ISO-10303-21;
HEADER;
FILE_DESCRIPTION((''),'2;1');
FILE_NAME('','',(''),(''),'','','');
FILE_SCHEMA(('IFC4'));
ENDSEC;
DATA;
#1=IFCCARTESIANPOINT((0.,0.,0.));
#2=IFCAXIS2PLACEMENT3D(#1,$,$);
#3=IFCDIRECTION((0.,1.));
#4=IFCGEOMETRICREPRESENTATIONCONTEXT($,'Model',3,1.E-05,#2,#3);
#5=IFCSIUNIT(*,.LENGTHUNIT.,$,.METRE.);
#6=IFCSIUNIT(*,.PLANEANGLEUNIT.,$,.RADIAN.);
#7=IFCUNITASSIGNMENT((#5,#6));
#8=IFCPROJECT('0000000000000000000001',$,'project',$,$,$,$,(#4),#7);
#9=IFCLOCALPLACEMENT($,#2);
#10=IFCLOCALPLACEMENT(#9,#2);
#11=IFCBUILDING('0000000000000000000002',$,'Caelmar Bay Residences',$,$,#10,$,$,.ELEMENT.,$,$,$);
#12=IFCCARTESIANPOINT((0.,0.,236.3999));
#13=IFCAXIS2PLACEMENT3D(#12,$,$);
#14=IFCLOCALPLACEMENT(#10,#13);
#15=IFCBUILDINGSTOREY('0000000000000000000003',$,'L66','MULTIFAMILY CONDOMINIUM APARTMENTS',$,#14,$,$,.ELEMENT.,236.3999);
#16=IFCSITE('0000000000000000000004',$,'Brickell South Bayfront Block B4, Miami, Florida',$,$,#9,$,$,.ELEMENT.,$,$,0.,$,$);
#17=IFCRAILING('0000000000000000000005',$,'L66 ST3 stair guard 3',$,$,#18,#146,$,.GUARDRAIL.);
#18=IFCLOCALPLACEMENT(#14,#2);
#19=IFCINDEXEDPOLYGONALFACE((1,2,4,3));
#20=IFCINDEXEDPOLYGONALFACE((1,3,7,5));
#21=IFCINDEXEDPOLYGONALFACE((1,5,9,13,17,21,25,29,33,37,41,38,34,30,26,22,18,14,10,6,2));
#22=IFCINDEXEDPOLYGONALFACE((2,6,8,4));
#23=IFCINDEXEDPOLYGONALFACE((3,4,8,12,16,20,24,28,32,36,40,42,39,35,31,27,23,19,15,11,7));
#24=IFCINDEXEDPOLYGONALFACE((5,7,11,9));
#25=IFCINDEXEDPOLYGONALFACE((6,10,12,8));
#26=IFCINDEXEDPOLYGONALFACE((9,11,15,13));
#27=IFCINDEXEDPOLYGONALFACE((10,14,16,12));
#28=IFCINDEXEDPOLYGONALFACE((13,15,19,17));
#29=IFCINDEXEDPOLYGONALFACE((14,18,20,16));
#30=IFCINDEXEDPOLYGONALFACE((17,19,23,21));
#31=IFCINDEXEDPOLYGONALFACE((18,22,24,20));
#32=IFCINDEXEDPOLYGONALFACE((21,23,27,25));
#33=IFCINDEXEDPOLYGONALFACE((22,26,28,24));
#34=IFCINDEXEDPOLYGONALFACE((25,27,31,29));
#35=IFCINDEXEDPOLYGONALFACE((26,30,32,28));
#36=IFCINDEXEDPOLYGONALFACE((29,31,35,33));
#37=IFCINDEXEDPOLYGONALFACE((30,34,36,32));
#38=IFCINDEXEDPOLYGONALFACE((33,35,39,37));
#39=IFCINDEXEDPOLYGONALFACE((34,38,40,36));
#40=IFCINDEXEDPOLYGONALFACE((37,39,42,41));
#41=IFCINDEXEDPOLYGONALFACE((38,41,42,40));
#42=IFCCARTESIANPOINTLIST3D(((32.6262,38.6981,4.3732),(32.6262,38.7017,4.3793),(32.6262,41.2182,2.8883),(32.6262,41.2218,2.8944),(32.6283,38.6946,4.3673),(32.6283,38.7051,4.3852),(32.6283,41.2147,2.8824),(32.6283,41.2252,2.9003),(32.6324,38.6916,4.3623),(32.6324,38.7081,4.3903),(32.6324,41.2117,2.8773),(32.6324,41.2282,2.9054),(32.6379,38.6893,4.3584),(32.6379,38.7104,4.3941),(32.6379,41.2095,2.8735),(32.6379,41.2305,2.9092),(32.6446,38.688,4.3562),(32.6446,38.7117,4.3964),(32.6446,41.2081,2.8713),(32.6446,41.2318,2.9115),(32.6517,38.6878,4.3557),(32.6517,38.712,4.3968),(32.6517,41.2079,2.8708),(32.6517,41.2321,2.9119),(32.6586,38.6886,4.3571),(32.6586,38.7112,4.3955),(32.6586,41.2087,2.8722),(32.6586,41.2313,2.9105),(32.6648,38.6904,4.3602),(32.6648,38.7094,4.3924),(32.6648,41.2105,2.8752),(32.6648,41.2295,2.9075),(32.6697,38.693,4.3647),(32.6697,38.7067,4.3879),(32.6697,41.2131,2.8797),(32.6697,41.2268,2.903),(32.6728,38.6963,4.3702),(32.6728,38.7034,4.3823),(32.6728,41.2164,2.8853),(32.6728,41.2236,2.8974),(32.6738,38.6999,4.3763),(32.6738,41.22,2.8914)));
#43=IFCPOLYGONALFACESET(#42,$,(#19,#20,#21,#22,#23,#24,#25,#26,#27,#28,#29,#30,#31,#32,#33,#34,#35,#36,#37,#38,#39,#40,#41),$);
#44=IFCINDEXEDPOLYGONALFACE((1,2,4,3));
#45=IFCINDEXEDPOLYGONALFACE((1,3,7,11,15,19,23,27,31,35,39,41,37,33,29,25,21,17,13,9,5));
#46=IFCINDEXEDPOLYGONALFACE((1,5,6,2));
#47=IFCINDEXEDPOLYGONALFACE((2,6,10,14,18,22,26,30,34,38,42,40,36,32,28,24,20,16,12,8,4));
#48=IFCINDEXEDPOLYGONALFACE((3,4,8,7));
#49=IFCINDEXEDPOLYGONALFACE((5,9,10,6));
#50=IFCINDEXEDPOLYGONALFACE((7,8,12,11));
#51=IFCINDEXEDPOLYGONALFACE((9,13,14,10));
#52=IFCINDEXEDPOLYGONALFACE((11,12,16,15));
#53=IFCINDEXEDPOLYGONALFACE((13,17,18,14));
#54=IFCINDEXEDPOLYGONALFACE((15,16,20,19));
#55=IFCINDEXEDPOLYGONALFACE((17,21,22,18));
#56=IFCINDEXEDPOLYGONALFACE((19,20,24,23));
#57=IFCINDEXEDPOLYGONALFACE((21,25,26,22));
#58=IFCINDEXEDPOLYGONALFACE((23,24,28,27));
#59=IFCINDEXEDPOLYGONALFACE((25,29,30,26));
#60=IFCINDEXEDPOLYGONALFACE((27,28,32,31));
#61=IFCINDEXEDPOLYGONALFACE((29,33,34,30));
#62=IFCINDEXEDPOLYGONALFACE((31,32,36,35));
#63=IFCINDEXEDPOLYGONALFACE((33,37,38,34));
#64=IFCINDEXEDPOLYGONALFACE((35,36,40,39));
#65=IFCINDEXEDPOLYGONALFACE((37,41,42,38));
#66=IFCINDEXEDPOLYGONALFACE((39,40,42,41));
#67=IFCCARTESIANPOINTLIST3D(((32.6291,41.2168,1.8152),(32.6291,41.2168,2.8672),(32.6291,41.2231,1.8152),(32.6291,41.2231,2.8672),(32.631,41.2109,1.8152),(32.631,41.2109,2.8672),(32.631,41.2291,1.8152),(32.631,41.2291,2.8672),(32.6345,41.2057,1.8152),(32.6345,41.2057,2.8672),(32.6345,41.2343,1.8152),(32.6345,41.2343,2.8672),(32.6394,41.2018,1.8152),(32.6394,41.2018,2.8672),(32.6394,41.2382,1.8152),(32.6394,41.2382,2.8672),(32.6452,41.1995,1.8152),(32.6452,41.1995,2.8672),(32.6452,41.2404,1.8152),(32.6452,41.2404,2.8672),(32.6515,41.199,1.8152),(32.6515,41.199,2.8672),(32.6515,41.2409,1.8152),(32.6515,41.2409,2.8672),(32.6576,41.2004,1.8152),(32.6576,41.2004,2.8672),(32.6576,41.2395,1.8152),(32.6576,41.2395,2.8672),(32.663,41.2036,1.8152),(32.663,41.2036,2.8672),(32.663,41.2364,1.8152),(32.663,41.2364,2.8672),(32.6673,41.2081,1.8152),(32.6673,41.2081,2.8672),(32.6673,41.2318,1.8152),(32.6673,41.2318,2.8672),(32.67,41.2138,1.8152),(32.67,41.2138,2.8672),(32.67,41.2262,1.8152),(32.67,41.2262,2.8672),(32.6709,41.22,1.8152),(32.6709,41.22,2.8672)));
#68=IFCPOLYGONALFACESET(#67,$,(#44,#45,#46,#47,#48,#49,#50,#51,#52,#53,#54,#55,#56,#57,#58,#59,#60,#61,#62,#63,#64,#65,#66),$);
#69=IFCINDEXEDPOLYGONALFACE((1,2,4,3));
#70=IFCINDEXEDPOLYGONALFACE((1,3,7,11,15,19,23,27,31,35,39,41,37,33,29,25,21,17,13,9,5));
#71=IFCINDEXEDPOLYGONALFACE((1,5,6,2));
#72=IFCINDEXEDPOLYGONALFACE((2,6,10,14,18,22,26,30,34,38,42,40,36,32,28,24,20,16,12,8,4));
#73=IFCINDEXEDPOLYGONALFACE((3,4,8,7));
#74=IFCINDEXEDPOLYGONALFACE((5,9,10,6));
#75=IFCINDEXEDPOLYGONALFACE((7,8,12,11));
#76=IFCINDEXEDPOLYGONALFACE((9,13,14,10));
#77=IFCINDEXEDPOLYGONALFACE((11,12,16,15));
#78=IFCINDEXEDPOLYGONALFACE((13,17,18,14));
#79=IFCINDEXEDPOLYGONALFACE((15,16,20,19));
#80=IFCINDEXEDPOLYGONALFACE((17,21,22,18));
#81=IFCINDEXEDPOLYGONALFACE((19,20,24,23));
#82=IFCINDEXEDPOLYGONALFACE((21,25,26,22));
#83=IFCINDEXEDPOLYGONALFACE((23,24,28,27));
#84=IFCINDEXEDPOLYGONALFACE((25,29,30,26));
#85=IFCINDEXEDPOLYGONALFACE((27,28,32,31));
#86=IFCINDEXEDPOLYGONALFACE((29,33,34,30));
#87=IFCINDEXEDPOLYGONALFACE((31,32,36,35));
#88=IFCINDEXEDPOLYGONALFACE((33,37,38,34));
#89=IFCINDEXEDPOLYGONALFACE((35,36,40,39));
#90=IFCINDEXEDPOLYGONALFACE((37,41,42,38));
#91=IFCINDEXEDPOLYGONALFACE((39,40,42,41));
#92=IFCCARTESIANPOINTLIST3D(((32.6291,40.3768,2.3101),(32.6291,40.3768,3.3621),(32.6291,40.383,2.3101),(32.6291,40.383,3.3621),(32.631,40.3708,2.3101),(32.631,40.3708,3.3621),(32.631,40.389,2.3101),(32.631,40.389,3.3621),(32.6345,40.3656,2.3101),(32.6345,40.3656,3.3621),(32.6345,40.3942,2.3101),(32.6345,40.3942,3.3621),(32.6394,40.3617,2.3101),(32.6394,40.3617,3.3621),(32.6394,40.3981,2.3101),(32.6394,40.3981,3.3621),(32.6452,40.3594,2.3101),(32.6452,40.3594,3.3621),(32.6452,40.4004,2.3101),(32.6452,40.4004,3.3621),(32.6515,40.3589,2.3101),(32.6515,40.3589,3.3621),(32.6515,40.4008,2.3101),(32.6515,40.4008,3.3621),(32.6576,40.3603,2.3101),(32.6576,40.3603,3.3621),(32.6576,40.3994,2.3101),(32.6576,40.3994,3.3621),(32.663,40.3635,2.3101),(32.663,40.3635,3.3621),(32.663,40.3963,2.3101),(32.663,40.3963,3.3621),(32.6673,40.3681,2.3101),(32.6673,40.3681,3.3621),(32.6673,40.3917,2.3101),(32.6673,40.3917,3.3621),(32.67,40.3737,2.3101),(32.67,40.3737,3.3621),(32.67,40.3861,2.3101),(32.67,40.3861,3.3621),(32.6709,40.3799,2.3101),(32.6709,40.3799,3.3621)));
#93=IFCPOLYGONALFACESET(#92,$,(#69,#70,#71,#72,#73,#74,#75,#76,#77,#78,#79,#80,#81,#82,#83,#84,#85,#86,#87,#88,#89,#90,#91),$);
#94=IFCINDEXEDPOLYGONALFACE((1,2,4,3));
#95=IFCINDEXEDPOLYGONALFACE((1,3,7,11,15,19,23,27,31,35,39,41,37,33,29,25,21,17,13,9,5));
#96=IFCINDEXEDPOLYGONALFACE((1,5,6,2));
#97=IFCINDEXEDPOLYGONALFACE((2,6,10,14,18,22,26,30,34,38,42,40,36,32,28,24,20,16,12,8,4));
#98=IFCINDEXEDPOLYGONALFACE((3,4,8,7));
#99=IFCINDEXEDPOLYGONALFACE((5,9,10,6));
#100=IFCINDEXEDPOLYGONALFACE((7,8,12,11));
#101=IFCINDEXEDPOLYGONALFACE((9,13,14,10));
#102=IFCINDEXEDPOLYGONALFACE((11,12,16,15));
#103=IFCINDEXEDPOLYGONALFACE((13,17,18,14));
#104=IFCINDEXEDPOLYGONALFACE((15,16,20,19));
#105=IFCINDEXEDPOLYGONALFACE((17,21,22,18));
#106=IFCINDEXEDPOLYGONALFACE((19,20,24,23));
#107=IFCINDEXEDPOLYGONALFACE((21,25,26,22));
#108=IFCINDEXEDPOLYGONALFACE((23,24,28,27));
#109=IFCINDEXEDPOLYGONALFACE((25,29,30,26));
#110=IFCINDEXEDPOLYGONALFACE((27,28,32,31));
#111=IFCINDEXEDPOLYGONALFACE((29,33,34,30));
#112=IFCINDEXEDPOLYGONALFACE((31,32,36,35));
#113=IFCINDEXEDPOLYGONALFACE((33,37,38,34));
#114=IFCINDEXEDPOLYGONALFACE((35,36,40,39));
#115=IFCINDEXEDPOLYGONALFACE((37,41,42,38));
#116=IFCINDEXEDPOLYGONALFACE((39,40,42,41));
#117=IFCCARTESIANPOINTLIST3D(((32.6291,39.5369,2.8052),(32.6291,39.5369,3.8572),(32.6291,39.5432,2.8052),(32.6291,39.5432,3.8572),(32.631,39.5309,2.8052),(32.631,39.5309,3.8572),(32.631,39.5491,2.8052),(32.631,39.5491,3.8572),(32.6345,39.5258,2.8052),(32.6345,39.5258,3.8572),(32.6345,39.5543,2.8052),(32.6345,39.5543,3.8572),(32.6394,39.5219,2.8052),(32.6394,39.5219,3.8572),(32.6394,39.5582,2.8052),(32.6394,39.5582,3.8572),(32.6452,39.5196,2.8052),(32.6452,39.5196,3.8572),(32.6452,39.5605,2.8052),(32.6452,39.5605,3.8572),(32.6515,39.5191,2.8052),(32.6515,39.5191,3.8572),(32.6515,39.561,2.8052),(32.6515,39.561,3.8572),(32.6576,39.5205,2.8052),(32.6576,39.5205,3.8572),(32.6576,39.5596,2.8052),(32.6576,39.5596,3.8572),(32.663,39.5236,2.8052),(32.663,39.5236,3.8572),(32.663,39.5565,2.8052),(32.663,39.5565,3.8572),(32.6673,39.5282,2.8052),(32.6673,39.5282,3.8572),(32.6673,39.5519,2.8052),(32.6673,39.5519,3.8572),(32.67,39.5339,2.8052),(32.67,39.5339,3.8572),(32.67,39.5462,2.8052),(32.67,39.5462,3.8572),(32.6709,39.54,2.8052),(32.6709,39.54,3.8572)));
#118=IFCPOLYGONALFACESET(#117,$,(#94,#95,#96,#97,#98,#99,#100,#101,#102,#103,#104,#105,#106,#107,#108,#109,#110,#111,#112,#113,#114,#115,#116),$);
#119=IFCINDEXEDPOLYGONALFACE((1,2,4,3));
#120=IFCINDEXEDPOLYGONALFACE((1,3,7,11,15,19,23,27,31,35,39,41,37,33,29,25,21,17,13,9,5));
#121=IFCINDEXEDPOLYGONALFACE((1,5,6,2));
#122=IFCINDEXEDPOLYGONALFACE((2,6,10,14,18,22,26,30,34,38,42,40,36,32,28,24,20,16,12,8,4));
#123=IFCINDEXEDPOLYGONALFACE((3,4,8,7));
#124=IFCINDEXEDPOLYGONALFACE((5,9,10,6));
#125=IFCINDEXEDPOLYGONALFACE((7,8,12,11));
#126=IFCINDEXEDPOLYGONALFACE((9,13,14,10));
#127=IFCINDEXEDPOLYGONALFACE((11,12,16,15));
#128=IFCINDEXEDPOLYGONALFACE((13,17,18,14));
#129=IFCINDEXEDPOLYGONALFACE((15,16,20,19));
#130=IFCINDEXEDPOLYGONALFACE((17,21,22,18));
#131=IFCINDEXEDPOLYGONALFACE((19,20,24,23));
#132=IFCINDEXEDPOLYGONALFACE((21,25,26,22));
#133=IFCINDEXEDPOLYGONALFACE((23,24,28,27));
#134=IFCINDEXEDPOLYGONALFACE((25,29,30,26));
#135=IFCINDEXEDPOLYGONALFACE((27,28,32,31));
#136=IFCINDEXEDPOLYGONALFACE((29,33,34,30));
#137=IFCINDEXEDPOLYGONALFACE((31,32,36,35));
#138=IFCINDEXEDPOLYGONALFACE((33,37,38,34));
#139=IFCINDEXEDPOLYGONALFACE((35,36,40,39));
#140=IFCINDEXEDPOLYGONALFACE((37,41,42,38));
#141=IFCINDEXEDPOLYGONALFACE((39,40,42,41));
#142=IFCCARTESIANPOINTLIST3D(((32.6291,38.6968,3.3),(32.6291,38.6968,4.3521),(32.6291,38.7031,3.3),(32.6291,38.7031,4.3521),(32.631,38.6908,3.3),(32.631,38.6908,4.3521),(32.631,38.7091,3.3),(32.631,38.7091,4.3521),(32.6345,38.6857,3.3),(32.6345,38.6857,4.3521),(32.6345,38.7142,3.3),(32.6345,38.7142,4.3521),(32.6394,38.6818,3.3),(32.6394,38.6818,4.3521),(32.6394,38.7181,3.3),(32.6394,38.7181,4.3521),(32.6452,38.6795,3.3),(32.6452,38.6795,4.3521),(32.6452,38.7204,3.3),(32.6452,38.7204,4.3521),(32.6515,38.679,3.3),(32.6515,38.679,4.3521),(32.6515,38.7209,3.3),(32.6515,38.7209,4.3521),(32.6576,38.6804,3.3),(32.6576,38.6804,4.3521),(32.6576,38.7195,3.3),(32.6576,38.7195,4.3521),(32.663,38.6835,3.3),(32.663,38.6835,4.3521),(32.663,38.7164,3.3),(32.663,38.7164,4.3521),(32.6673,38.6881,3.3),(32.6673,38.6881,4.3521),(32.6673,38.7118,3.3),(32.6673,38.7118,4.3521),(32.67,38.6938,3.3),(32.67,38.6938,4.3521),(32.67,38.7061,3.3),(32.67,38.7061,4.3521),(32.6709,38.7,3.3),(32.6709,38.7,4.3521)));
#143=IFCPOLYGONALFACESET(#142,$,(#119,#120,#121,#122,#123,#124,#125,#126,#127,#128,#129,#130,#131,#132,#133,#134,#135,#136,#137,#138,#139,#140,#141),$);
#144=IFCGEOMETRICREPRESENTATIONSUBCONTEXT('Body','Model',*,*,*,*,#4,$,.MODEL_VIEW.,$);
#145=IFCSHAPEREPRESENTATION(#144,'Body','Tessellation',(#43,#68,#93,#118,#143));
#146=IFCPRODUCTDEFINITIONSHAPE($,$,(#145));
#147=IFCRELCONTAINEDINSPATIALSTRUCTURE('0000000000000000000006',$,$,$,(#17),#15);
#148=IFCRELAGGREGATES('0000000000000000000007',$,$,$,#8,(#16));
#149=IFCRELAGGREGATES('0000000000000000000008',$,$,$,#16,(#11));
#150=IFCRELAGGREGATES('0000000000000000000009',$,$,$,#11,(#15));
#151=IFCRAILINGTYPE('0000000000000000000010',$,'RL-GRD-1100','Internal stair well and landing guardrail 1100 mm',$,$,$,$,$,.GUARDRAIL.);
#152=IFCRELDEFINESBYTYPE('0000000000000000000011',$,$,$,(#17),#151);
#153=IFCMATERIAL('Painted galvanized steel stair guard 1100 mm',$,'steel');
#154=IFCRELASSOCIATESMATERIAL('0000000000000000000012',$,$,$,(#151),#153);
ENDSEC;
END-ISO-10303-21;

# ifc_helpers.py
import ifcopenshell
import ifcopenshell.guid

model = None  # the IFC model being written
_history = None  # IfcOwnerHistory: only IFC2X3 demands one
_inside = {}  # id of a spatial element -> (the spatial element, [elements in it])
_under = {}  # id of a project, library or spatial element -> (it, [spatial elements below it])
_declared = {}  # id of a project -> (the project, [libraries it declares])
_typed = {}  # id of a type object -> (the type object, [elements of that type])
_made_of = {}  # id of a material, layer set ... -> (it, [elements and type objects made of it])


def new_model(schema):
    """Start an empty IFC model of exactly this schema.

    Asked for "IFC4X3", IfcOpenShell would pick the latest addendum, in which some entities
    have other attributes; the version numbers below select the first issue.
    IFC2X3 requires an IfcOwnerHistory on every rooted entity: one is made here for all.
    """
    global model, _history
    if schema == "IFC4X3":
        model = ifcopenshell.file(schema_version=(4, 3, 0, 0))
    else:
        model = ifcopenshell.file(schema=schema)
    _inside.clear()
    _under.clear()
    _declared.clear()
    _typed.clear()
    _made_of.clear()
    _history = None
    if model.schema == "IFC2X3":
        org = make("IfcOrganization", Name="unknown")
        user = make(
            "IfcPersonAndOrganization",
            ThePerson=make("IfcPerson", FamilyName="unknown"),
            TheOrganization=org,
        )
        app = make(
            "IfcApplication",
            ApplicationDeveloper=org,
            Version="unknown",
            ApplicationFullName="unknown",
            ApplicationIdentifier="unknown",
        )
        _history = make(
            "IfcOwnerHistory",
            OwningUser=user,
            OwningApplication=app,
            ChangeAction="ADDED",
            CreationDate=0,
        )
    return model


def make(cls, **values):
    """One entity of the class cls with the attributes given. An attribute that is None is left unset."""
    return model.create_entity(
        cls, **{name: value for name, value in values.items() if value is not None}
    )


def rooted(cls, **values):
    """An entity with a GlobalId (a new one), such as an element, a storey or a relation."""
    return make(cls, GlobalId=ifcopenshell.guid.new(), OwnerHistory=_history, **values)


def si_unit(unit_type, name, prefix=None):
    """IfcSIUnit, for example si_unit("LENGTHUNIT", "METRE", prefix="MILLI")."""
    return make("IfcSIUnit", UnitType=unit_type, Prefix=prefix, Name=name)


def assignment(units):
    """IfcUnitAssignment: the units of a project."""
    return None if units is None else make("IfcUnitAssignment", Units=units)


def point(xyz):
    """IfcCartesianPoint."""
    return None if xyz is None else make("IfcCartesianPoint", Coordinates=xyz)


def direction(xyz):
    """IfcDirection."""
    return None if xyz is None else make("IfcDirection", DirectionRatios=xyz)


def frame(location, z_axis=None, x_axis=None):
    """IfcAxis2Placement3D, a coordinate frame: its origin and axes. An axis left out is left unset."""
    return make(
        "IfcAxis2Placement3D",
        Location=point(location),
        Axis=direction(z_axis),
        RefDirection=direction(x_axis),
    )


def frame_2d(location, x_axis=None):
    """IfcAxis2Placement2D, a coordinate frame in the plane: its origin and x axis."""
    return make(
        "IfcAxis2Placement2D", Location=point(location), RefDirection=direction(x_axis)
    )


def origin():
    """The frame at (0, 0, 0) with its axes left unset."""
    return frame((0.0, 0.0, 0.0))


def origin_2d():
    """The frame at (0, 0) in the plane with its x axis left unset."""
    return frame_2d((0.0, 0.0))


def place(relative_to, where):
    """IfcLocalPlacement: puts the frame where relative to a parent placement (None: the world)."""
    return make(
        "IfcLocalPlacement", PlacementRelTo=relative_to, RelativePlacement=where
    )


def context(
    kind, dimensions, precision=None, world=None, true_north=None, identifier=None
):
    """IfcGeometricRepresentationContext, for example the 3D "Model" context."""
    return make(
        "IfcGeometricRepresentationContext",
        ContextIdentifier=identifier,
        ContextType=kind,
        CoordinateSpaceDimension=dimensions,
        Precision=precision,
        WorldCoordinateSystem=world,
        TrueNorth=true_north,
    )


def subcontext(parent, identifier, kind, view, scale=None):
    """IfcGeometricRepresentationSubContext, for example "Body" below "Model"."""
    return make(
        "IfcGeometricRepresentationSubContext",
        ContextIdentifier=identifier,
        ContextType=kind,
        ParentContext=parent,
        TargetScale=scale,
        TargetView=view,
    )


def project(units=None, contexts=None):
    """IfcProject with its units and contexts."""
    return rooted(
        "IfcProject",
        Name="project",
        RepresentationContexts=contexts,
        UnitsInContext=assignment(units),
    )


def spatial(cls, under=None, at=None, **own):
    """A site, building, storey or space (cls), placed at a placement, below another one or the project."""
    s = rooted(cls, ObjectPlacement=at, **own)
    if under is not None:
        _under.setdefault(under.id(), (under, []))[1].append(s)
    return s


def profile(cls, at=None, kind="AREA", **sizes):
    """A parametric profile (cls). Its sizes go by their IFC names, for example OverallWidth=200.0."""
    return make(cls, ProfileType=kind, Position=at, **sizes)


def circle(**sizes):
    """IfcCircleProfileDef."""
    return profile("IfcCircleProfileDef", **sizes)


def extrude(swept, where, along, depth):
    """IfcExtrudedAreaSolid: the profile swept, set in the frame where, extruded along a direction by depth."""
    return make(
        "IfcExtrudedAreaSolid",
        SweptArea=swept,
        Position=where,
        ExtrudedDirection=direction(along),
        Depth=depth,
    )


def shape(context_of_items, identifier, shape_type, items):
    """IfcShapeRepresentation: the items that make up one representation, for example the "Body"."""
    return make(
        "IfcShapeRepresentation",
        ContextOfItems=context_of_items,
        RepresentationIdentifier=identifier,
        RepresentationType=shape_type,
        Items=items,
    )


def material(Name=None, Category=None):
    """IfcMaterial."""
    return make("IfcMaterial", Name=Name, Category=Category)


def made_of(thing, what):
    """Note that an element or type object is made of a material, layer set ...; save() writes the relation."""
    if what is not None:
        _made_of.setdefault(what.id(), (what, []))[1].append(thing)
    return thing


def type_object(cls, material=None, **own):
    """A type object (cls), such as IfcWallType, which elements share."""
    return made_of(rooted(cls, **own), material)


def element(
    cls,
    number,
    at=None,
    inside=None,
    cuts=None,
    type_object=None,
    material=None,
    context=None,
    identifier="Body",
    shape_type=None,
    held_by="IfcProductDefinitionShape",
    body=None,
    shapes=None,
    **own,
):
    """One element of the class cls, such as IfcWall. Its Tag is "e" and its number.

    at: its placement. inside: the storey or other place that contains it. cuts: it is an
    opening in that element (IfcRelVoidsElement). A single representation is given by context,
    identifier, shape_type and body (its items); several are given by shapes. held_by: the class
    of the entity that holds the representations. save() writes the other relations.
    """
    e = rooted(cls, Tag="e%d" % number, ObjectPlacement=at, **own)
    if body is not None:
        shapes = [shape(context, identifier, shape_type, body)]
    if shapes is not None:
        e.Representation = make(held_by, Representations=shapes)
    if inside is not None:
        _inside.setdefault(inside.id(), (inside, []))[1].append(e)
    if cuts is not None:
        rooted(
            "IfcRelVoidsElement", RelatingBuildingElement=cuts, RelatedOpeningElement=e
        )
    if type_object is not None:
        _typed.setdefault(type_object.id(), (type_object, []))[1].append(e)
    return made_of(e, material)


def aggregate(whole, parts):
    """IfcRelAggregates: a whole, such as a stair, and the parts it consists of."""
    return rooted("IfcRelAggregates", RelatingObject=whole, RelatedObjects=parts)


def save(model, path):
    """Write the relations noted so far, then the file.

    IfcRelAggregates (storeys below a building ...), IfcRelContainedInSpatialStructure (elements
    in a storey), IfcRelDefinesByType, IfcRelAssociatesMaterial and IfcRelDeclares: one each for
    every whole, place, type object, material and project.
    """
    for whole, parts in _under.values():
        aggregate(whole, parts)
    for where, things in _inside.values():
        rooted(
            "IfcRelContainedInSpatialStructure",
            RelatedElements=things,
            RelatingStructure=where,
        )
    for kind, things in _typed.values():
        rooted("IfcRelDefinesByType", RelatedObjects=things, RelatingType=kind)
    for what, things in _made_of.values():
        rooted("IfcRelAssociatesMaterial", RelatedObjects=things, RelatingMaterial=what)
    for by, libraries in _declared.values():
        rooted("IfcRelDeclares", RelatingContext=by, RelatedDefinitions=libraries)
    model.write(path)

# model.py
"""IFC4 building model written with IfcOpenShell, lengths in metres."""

from ifc_helpers import new_model, si_unit, direction, frame, origin, origin_2d, place, context, subcontext, project, spatial, circle, extrude, material, type_object, element, save


model = new_model("IFC4")

# Units and contexts
model_context = context("Model", 3, precision=1e-05, world=origin(), true_north=direction((0.0, 1.0)))
body_context = subcontext(model_context, "Body", "Model", "MODEL_VIEW")
ifc_project = project(units=[si_unit("LENGTHUNIT", "METRE"), si_unit("PLANEANGLEUNIT", "RADIAN")], contexts=[model_context])

# Site, building, storey
site_placement = place(None, origin())
site = spatial("IfcSite", under=ifc_project, at=site_placement, Name="Brickell South Bayfront Block B4, Miami, Florida", CompositionType="ELEMENT", RefElevation=0.0)
building_placement = place(site_placement, origin())
building = spatial("IfcBuilding", under=site, at=building_placement, Name="Caelmar Bay Residences", CompositionType="ELEMENT")
storey_placement = place(building_placement, frame((0.0, 0.0, 236.3999)))
storey = spatial("IfcBuildingStorey", under=building, at=storey_placement, Name="L66", Description="MULTIFAMILY CONDOMINIUM APARTMENTS", CompositionType="ELEMENT", Elevation=236.3999)

# Railing
ifc_material_1 = material(Name="Painted galvanized steel stair guard 1100 mm", Category="steel")
railing_type_1 = type_object("IfcRailingType", Name="RL-GRD-1100", Description="Internal stair well and landing guardrail 1100 mm", PredefinedType="GUARDRAIL", material=ifc_material_1)
railing_1_placement = place(storey_placement, frame((32.6499, 41.22, 1.8152)))
element("IfcRailing", 1, at=railing_1_placement, inside=storey, type_object=railing_type_1, Name="L66 ST3 stair guard 3", PredefinedType="GUARDRAIL", context=body_context, shape_type="SweptSolid", body=[
    extrude(circle(Radius=0.0239, at=origin_2d()), frame((0.0, 0.0, 1.0762), z_axis=(0.0, -0.861561, 0.507655), x_axis=(1.0, 0.0, 0.0)), (0.0, 0.0, 1.0), 2.925),
    extrude(circle(Radius=0.021, at=origin_2d()), origin(), (0.0, 0.0, 1.0), 1.052),
    extrude(circle(Radius=0.021, at=origin_2d()), frame((0.0, -0.8401, 0.4949)), (0.0, 0.0, 1.0), 1.052),
    extrude(circle(Radius=0.021, at=origin_2d()), frame((0.0, -1.6799, 0.99)), (0.0, 0.0, 1.0), 1.052),
    extrude(circle(Radius=0.021, at=origin_2d()), frame((0.0, -2.52, 1.4849)), (0.0, 0.0, 1.0), 1.052),
])

save(model, "model.ifc")
